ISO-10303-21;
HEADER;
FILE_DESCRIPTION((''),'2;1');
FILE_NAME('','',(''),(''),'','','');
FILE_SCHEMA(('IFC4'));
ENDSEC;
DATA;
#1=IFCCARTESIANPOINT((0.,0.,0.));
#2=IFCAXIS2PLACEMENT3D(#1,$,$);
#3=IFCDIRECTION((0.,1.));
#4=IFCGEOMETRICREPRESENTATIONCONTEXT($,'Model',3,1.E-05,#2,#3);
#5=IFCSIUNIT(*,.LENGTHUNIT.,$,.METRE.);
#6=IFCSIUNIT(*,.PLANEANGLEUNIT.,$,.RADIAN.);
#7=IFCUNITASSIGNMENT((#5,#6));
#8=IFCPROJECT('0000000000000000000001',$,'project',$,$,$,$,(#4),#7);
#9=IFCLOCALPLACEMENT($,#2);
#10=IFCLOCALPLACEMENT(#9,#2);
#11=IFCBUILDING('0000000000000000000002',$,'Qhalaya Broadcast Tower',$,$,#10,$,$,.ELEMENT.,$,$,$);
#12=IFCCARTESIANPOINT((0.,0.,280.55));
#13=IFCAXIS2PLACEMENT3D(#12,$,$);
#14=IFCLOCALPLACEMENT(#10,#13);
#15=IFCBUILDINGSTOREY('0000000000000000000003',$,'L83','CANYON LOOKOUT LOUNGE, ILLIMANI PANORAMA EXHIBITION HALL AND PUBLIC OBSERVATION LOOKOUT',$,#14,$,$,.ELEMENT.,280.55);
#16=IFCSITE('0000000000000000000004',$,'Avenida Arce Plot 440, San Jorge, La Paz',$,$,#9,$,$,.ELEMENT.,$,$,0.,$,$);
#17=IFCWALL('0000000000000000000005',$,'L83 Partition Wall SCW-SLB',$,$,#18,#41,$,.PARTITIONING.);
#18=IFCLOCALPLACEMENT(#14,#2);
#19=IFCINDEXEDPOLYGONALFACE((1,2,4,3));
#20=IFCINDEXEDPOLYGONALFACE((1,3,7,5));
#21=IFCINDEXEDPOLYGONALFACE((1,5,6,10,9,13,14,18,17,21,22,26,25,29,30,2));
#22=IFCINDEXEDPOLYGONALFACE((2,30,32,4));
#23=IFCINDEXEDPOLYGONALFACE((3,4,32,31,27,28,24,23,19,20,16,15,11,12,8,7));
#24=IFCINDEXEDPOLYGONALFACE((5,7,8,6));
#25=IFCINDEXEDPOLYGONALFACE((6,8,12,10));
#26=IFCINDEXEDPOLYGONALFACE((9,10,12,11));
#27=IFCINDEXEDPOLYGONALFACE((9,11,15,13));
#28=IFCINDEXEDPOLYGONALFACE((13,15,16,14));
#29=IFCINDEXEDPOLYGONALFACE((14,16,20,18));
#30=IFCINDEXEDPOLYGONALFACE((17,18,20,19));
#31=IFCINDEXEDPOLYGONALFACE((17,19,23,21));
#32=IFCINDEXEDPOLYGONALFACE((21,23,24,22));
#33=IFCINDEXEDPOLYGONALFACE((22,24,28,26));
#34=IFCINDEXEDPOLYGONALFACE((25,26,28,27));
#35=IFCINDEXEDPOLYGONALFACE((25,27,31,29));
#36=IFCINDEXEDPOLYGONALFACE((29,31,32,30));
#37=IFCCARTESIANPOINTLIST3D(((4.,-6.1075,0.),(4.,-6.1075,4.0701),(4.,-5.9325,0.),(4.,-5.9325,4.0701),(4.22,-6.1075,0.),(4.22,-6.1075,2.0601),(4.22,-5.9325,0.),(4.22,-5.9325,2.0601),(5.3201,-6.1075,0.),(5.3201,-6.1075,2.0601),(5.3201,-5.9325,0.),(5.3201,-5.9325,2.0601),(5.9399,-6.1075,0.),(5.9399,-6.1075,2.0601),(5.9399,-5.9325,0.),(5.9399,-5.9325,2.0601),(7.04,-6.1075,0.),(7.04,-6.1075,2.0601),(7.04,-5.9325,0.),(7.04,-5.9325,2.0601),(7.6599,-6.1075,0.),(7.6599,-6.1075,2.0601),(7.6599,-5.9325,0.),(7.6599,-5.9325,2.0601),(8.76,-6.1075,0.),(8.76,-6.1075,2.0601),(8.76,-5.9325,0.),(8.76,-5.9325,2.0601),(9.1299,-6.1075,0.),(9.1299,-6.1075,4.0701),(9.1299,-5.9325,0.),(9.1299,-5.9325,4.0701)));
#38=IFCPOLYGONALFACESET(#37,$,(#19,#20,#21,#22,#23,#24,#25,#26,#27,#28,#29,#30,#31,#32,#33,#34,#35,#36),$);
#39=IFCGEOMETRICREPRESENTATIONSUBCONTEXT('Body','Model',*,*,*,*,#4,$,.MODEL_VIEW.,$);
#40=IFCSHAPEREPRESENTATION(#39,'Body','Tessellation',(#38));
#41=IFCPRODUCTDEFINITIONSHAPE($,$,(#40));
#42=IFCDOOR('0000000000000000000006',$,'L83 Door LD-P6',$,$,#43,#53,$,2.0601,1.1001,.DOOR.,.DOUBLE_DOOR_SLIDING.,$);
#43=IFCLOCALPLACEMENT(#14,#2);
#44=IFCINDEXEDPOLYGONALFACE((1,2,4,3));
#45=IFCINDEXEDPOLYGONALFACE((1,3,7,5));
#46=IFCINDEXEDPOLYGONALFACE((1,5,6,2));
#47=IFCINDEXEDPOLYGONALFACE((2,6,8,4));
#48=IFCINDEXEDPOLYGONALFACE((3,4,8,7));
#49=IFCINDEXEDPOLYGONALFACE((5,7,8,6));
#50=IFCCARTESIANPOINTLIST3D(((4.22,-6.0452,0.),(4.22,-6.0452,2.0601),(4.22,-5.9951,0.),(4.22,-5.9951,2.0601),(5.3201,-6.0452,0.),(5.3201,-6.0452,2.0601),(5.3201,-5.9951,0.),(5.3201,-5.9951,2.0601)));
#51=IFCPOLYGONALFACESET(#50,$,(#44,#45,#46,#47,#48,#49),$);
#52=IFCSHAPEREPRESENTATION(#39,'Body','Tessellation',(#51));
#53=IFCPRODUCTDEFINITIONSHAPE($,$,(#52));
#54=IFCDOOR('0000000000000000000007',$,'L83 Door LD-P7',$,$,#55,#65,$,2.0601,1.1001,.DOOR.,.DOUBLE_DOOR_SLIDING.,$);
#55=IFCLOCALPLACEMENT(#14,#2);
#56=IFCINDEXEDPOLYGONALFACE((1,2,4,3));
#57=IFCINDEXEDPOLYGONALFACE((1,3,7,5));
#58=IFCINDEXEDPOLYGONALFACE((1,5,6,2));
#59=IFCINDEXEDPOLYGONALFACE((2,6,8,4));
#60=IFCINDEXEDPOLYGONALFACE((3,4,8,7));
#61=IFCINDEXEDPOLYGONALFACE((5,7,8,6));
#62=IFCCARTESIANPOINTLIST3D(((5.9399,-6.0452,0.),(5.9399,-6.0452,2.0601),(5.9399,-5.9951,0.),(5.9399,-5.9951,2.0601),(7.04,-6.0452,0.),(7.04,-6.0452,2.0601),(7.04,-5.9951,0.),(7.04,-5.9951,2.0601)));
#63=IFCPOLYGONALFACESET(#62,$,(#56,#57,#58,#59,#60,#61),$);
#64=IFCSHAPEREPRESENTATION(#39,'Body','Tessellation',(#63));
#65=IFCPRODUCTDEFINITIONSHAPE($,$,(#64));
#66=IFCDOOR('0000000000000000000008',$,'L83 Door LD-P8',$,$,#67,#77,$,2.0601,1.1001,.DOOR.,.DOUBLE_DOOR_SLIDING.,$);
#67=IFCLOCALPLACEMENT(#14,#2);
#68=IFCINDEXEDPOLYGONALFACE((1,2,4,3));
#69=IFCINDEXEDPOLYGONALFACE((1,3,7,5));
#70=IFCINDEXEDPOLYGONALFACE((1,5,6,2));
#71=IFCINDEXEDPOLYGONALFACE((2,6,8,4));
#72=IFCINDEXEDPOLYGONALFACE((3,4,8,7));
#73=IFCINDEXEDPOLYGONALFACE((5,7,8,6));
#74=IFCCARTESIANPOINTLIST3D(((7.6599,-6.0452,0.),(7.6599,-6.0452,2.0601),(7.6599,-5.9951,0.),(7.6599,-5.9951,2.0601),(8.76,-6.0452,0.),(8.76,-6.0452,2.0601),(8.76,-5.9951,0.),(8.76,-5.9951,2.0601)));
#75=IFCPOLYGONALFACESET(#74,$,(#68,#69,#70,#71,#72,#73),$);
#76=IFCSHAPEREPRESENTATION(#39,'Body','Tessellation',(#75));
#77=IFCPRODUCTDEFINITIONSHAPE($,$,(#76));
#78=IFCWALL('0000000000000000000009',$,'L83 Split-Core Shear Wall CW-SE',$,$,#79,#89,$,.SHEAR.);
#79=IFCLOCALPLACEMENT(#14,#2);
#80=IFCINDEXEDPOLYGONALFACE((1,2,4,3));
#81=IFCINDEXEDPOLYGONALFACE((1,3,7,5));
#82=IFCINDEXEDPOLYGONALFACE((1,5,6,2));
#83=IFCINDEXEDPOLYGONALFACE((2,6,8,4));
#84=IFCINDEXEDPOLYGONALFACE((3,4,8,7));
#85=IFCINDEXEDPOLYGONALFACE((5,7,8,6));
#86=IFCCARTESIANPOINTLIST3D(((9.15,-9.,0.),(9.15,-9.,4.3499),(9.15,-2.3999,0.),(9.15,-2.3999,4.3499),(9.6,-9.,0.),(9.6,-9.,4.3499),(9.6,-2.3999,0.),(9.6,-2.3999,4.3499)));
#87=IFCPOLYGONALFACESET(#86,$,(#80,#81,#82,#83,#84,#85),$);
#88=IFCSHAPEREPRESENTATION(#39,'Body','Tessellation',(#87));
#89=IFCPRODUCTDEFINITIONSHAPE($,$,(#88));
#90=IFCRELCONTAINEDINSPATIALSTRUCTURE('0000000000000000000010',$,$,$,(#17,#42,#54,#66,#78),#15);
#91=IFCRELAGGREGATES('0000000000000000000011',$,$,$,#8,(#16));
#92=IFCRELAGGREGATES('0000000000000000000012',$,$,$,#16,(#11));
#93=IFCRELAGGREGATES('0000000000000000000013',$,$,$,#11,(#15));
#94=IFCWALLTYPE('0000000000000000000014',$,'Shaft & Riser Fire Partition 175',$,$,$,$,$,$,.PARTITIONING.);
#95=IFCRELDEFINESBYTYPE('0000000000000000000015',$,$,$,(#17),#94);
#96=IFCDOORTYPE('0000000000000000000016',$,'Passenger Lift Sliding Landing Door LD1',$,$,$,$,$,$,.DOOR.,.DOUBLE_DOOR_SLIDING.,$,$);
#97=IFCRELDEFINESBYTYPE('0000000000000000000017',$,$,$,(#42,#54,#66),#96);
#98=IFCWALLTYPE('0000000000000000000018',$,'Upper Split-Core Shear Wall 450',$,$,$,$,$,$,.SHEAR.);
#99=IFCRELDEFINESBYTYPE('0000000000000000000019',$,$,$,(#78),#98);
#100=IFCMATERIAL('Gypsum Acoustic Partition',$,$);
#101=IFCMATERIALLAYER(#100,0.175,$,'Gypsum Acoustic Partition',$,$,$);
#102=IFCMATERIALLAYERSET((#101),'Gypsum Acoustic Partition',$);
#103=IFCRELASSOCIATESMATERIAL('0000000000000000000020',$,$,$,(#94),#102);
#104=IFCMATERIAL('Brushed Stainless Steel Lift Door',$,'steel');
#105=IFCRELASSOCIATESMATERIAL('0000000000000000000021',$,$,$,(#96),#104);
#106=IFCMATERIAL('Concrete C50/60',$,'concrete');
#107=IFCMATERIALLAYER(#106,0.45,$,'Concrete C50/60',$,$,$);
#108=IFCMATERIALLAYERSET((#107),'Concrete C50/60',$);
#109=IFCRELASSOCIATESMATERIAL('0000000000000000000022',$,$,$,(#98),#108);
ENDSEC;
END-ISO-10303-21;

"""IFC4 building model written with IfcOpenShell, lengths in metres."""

from ifc_helpers import new_model, si_unit, direction, frame, frame_2d, origin, place, context, subcontext, project, spatial, rectangle, extrude, material, layer, layer_set, type_object, element, fill, save


model = new_model("IFC4")

# Units and contexts
model_context = context("Model", 3, precision=1e-05, world=origin(), true_north=direction((0.0, 1.0)))
body_context = subcontext(model_context, "Body", "Model", "MODEL_VIEW")
ifc_project = project(units=[si_unit("LENGTHUNIT", "METRE"), si_unit("PLANEANGLEUNIT", "RADIAN")], contexts=[model_context])

# Site, building, storey
site_placement = place(None, origin())
site = spatial("IfcSite", under=ifc_project, at=site_placement, Name="Avenida Arce Plot 440, San Jorge, La Paz", CompositionType="ELEMENT", RefElevation=0.0)
building_placement = place(site_placement, origin())
building = spatial("IfcBuilding", under=site, at=building_placement, Name="Qhalaya Broadcast Tower", CompositionType="ELEMENT")
storey_placement = place(building_placement, frame((0.0, 0.0, 280.55)))
storey = spatial("IfcBuildingStorey", under=building, at=storey_placement, Name="L83", Description="CANYON LOOKOUT LOUNGE, ILLIMANI PANORAMA EXHIBITION HALL AND PUBLIC OBSERVATION LOOKOUT", CompositionType="ELEMENT", Elevation=280.55)

# Shared definitions
ifc_material_1 = material(Name="Concrete C50/60", Category="concrete")

# Shared definitions
ifc_material_2 = material(Name="Gypsum Acoustic Partition")

# Wall, openings, doors
ifc_layer_1 = layer(ifc_material_2, 0.175, Name="Gypsum Acoustic Partition")
ifc_layer_set_1 = layer_set([ifc_layer_1], Name="Gypsum Acoustic Partition")
wall_type_1 = type_object("IfcWallType", Name="Shaft & Riser Fire Partition 175", PredefinedType="PARTITIONING", material=ifc_layer_set_1)
wall_1_placement = place(storey_placement, frame((4.0, -6.02, 0.0), z_axis=(0.0, 0.0, 1.0), x_axis=(1.0, 0.0, 0.0)))
wall_1 = element("IfcWall", 1, at=wall_1_placement, inside=storey, type_object=wall_type_1, Name="L83 Partition Wall SCW-SLB", PredefinedType="PARTITIONING", context=body_context, shape_type="SweptSolid", body=[
    extrude(rectangle(XDim=5.1299, YDim=0.175, at=frame_2d((2.5649, 0.0))), origin(), (0.0, 0.0, 1.0), 4.0701),
])
opening_1_placement = place(wall_1_placement, frame((0.22, 0.0, 0.0)))
opening_1 = element("IfcOpeningElement", 2, at=opening_1_placement, cuts=wall_1, PredefinedType="OPENING", context=body_context, shape_type="SweptSolid", body=[
    extrude(rectangle(XDim=1.1001, YDim=2.0601, at=frame_2d((0.55, 1.03))), frame((0.0, 0.0996, 0.0), z_axis=(0.0, -1.0, 0.0), x_axis=(1.0, 0.0, 0.0)), (0.0, 0.0, 1.0), 0.199),
])
opening_2_placement = place(wall_1_placement, frame((1.9399, 0.0, 0.0)))
opening_2 = element("IfcOpeningElement", 3, at=opening_2_placement, cuts=wall_1, PredefinedType="OPENING", context=body_context, shape_type="SweptSolid", body=[
    extrude(rectangle(XDim=1.1001, YDim=2.0601, at=frame_2d((0.55, 1.03))), frame((0.0, 0.0996, 0.0), z_axis=(0.0, -1.0, 0.0), x_axis=(1.0, 0.0, 0.0)), (0.0, 0.0, 1.0), 0.199),
])
opening_3_placement = place(wall_1_placement, frame((3.6599, 0.0, 0.0)))
opening_3 = element("IfcOpeningElement", 4, at=opening_3_placement, cuts=wall_1, PredefinedType="OPENING", context=body_context, shape_type="SweptSolid", body=[
    extrude(rectangle(XDim=1.1001, YDim=2.0601, at=frame_2d((0.55, 1.03))), frame((0.0, 0.0996, 0.0), z_axis=(0.0, -1.0, 0.0), x_axis=(1.0, 0.0, 0.0)), (0.0, 0.0, 1.0), 0.199),
])
ifc_material_3 = material(Name="Brushed Stainless Steel Lift Door", Category="steel")
door_type_1 = type_object("IfcDoorType", Name="Passenger Lift Sliding Landing Door LD1", OperationType="DOUBLE_DOOR_SLIDING", PredefinedType="DOOR", material=ifc_material_3)
door_1_placement = place(opening_1_placement, origin())
door_1 = element("IfcDoor", 5, at=door_1_placement, inside=storey, type_object=door_type_1, Name="L83 Door LD-P6", OperationType="DOUBLE_DOOR_SLIDING", OverallHeight=2.0601, OverallWidth=1.1001, PredefinedType="DOOR", context=body_context, shape_type="SweptSolid", body=[
    extrude(rectangle(XDim=1.1001, YDim=2.0601, at=frame_2d((0.55, 1.03))), frame((0.0, 0.0249, 0.0), z_axis=(0.0, -1.0, 0.0), x_axis=(1.0, 0.0, 0.0)), (0.0, 0.0, 1.0), 0.05),
])
fill(opening_1, door_1)
door_2_placement = place(opening_2_placement, origin())
door_2 = element("IfcDoor", 6, at=door_2_placement, inside=storey, type_object=door_type_1, Name="L83 Door LD-P7", OperationType="DOUBLE_DOOR_SLIDING", OverallHeight=2.0601, OverallWidth=1.1001, PredefinedType="DOOR", context=body_context, shape_type="SweptSolid", body=[
    extrude(rectangle(XDim=1.1001, YDim=2.0601, at=frame_2d((0.55, 1.03))), frame((0.0, 0.0249, 0.0), z_axis=(0.0, -1.0, 0.0), x_axis=(1.0, 0.0, 0.0)), (0.0, 0.0, 1.0), 0.05),
])
fill(opening_2, door_2)
door_3_placement = place(opening_3_placement, origin())
door_3 = element("IfcDoor", 7, at=door_3_placement, inside=storey, type_object=door_type_1, Name="L83 Door LD-P8", OperationType="DOUBLE_DOOR_SLIDING", OverallHeight=2.0601, OverallWidth=1.1001, PredefinedType="DOOR", context=body_context, shape_type="SweptSolid", body=[
    extrude(rectangle(XDim=1.1001, YDim=2.0601, at=frame_2d((0.55, 1.03))), frame((0.0, 0.0249, 0.0), z_axis=(0.0, -1.0, 0.0), x_axis=(1.0, 0.0, 0.0)), (0.0, 0.0, 1.0), 0.05),
])
fill(opening_3, door_3)

# Wall
ifc_layer_2 = layer(ifc_material_1, 0.45, Name="Concrete C50/60")
ifc_layer_set_2 = layer_set([ifc_layer_2], Name="Concrete C50/60")
wall_type_2 = type_object("IfcWallType", Name="Upper Split-Core Shear Wall 450", PredefinedType="SHEAR", material=ifc_layer_set_2)
wall_2_placement = place(storey_placement, frame((9.375, -9.0, 0.0), z_axis=(0.0, 0.0, 1.0), x_axis=(0.0, 1.0, 0.0)))
element("IfcWall", 8, at=wall_2_placement, inside=storey, type_object=wall_type_2, Name="L83 Split-Core Shear Wall CW-SE", PredefinedType="SHEAR", context=body_context, shape_type="SweptSolid", body=[
    extrude(rectangle(XDim=6.6001, YDim=0.45, at=frame_2d((3.3, 0.0))), origin(), (0.0, 0.0, 1.0), 4.3499),
])

save(model, "model.ifc")
